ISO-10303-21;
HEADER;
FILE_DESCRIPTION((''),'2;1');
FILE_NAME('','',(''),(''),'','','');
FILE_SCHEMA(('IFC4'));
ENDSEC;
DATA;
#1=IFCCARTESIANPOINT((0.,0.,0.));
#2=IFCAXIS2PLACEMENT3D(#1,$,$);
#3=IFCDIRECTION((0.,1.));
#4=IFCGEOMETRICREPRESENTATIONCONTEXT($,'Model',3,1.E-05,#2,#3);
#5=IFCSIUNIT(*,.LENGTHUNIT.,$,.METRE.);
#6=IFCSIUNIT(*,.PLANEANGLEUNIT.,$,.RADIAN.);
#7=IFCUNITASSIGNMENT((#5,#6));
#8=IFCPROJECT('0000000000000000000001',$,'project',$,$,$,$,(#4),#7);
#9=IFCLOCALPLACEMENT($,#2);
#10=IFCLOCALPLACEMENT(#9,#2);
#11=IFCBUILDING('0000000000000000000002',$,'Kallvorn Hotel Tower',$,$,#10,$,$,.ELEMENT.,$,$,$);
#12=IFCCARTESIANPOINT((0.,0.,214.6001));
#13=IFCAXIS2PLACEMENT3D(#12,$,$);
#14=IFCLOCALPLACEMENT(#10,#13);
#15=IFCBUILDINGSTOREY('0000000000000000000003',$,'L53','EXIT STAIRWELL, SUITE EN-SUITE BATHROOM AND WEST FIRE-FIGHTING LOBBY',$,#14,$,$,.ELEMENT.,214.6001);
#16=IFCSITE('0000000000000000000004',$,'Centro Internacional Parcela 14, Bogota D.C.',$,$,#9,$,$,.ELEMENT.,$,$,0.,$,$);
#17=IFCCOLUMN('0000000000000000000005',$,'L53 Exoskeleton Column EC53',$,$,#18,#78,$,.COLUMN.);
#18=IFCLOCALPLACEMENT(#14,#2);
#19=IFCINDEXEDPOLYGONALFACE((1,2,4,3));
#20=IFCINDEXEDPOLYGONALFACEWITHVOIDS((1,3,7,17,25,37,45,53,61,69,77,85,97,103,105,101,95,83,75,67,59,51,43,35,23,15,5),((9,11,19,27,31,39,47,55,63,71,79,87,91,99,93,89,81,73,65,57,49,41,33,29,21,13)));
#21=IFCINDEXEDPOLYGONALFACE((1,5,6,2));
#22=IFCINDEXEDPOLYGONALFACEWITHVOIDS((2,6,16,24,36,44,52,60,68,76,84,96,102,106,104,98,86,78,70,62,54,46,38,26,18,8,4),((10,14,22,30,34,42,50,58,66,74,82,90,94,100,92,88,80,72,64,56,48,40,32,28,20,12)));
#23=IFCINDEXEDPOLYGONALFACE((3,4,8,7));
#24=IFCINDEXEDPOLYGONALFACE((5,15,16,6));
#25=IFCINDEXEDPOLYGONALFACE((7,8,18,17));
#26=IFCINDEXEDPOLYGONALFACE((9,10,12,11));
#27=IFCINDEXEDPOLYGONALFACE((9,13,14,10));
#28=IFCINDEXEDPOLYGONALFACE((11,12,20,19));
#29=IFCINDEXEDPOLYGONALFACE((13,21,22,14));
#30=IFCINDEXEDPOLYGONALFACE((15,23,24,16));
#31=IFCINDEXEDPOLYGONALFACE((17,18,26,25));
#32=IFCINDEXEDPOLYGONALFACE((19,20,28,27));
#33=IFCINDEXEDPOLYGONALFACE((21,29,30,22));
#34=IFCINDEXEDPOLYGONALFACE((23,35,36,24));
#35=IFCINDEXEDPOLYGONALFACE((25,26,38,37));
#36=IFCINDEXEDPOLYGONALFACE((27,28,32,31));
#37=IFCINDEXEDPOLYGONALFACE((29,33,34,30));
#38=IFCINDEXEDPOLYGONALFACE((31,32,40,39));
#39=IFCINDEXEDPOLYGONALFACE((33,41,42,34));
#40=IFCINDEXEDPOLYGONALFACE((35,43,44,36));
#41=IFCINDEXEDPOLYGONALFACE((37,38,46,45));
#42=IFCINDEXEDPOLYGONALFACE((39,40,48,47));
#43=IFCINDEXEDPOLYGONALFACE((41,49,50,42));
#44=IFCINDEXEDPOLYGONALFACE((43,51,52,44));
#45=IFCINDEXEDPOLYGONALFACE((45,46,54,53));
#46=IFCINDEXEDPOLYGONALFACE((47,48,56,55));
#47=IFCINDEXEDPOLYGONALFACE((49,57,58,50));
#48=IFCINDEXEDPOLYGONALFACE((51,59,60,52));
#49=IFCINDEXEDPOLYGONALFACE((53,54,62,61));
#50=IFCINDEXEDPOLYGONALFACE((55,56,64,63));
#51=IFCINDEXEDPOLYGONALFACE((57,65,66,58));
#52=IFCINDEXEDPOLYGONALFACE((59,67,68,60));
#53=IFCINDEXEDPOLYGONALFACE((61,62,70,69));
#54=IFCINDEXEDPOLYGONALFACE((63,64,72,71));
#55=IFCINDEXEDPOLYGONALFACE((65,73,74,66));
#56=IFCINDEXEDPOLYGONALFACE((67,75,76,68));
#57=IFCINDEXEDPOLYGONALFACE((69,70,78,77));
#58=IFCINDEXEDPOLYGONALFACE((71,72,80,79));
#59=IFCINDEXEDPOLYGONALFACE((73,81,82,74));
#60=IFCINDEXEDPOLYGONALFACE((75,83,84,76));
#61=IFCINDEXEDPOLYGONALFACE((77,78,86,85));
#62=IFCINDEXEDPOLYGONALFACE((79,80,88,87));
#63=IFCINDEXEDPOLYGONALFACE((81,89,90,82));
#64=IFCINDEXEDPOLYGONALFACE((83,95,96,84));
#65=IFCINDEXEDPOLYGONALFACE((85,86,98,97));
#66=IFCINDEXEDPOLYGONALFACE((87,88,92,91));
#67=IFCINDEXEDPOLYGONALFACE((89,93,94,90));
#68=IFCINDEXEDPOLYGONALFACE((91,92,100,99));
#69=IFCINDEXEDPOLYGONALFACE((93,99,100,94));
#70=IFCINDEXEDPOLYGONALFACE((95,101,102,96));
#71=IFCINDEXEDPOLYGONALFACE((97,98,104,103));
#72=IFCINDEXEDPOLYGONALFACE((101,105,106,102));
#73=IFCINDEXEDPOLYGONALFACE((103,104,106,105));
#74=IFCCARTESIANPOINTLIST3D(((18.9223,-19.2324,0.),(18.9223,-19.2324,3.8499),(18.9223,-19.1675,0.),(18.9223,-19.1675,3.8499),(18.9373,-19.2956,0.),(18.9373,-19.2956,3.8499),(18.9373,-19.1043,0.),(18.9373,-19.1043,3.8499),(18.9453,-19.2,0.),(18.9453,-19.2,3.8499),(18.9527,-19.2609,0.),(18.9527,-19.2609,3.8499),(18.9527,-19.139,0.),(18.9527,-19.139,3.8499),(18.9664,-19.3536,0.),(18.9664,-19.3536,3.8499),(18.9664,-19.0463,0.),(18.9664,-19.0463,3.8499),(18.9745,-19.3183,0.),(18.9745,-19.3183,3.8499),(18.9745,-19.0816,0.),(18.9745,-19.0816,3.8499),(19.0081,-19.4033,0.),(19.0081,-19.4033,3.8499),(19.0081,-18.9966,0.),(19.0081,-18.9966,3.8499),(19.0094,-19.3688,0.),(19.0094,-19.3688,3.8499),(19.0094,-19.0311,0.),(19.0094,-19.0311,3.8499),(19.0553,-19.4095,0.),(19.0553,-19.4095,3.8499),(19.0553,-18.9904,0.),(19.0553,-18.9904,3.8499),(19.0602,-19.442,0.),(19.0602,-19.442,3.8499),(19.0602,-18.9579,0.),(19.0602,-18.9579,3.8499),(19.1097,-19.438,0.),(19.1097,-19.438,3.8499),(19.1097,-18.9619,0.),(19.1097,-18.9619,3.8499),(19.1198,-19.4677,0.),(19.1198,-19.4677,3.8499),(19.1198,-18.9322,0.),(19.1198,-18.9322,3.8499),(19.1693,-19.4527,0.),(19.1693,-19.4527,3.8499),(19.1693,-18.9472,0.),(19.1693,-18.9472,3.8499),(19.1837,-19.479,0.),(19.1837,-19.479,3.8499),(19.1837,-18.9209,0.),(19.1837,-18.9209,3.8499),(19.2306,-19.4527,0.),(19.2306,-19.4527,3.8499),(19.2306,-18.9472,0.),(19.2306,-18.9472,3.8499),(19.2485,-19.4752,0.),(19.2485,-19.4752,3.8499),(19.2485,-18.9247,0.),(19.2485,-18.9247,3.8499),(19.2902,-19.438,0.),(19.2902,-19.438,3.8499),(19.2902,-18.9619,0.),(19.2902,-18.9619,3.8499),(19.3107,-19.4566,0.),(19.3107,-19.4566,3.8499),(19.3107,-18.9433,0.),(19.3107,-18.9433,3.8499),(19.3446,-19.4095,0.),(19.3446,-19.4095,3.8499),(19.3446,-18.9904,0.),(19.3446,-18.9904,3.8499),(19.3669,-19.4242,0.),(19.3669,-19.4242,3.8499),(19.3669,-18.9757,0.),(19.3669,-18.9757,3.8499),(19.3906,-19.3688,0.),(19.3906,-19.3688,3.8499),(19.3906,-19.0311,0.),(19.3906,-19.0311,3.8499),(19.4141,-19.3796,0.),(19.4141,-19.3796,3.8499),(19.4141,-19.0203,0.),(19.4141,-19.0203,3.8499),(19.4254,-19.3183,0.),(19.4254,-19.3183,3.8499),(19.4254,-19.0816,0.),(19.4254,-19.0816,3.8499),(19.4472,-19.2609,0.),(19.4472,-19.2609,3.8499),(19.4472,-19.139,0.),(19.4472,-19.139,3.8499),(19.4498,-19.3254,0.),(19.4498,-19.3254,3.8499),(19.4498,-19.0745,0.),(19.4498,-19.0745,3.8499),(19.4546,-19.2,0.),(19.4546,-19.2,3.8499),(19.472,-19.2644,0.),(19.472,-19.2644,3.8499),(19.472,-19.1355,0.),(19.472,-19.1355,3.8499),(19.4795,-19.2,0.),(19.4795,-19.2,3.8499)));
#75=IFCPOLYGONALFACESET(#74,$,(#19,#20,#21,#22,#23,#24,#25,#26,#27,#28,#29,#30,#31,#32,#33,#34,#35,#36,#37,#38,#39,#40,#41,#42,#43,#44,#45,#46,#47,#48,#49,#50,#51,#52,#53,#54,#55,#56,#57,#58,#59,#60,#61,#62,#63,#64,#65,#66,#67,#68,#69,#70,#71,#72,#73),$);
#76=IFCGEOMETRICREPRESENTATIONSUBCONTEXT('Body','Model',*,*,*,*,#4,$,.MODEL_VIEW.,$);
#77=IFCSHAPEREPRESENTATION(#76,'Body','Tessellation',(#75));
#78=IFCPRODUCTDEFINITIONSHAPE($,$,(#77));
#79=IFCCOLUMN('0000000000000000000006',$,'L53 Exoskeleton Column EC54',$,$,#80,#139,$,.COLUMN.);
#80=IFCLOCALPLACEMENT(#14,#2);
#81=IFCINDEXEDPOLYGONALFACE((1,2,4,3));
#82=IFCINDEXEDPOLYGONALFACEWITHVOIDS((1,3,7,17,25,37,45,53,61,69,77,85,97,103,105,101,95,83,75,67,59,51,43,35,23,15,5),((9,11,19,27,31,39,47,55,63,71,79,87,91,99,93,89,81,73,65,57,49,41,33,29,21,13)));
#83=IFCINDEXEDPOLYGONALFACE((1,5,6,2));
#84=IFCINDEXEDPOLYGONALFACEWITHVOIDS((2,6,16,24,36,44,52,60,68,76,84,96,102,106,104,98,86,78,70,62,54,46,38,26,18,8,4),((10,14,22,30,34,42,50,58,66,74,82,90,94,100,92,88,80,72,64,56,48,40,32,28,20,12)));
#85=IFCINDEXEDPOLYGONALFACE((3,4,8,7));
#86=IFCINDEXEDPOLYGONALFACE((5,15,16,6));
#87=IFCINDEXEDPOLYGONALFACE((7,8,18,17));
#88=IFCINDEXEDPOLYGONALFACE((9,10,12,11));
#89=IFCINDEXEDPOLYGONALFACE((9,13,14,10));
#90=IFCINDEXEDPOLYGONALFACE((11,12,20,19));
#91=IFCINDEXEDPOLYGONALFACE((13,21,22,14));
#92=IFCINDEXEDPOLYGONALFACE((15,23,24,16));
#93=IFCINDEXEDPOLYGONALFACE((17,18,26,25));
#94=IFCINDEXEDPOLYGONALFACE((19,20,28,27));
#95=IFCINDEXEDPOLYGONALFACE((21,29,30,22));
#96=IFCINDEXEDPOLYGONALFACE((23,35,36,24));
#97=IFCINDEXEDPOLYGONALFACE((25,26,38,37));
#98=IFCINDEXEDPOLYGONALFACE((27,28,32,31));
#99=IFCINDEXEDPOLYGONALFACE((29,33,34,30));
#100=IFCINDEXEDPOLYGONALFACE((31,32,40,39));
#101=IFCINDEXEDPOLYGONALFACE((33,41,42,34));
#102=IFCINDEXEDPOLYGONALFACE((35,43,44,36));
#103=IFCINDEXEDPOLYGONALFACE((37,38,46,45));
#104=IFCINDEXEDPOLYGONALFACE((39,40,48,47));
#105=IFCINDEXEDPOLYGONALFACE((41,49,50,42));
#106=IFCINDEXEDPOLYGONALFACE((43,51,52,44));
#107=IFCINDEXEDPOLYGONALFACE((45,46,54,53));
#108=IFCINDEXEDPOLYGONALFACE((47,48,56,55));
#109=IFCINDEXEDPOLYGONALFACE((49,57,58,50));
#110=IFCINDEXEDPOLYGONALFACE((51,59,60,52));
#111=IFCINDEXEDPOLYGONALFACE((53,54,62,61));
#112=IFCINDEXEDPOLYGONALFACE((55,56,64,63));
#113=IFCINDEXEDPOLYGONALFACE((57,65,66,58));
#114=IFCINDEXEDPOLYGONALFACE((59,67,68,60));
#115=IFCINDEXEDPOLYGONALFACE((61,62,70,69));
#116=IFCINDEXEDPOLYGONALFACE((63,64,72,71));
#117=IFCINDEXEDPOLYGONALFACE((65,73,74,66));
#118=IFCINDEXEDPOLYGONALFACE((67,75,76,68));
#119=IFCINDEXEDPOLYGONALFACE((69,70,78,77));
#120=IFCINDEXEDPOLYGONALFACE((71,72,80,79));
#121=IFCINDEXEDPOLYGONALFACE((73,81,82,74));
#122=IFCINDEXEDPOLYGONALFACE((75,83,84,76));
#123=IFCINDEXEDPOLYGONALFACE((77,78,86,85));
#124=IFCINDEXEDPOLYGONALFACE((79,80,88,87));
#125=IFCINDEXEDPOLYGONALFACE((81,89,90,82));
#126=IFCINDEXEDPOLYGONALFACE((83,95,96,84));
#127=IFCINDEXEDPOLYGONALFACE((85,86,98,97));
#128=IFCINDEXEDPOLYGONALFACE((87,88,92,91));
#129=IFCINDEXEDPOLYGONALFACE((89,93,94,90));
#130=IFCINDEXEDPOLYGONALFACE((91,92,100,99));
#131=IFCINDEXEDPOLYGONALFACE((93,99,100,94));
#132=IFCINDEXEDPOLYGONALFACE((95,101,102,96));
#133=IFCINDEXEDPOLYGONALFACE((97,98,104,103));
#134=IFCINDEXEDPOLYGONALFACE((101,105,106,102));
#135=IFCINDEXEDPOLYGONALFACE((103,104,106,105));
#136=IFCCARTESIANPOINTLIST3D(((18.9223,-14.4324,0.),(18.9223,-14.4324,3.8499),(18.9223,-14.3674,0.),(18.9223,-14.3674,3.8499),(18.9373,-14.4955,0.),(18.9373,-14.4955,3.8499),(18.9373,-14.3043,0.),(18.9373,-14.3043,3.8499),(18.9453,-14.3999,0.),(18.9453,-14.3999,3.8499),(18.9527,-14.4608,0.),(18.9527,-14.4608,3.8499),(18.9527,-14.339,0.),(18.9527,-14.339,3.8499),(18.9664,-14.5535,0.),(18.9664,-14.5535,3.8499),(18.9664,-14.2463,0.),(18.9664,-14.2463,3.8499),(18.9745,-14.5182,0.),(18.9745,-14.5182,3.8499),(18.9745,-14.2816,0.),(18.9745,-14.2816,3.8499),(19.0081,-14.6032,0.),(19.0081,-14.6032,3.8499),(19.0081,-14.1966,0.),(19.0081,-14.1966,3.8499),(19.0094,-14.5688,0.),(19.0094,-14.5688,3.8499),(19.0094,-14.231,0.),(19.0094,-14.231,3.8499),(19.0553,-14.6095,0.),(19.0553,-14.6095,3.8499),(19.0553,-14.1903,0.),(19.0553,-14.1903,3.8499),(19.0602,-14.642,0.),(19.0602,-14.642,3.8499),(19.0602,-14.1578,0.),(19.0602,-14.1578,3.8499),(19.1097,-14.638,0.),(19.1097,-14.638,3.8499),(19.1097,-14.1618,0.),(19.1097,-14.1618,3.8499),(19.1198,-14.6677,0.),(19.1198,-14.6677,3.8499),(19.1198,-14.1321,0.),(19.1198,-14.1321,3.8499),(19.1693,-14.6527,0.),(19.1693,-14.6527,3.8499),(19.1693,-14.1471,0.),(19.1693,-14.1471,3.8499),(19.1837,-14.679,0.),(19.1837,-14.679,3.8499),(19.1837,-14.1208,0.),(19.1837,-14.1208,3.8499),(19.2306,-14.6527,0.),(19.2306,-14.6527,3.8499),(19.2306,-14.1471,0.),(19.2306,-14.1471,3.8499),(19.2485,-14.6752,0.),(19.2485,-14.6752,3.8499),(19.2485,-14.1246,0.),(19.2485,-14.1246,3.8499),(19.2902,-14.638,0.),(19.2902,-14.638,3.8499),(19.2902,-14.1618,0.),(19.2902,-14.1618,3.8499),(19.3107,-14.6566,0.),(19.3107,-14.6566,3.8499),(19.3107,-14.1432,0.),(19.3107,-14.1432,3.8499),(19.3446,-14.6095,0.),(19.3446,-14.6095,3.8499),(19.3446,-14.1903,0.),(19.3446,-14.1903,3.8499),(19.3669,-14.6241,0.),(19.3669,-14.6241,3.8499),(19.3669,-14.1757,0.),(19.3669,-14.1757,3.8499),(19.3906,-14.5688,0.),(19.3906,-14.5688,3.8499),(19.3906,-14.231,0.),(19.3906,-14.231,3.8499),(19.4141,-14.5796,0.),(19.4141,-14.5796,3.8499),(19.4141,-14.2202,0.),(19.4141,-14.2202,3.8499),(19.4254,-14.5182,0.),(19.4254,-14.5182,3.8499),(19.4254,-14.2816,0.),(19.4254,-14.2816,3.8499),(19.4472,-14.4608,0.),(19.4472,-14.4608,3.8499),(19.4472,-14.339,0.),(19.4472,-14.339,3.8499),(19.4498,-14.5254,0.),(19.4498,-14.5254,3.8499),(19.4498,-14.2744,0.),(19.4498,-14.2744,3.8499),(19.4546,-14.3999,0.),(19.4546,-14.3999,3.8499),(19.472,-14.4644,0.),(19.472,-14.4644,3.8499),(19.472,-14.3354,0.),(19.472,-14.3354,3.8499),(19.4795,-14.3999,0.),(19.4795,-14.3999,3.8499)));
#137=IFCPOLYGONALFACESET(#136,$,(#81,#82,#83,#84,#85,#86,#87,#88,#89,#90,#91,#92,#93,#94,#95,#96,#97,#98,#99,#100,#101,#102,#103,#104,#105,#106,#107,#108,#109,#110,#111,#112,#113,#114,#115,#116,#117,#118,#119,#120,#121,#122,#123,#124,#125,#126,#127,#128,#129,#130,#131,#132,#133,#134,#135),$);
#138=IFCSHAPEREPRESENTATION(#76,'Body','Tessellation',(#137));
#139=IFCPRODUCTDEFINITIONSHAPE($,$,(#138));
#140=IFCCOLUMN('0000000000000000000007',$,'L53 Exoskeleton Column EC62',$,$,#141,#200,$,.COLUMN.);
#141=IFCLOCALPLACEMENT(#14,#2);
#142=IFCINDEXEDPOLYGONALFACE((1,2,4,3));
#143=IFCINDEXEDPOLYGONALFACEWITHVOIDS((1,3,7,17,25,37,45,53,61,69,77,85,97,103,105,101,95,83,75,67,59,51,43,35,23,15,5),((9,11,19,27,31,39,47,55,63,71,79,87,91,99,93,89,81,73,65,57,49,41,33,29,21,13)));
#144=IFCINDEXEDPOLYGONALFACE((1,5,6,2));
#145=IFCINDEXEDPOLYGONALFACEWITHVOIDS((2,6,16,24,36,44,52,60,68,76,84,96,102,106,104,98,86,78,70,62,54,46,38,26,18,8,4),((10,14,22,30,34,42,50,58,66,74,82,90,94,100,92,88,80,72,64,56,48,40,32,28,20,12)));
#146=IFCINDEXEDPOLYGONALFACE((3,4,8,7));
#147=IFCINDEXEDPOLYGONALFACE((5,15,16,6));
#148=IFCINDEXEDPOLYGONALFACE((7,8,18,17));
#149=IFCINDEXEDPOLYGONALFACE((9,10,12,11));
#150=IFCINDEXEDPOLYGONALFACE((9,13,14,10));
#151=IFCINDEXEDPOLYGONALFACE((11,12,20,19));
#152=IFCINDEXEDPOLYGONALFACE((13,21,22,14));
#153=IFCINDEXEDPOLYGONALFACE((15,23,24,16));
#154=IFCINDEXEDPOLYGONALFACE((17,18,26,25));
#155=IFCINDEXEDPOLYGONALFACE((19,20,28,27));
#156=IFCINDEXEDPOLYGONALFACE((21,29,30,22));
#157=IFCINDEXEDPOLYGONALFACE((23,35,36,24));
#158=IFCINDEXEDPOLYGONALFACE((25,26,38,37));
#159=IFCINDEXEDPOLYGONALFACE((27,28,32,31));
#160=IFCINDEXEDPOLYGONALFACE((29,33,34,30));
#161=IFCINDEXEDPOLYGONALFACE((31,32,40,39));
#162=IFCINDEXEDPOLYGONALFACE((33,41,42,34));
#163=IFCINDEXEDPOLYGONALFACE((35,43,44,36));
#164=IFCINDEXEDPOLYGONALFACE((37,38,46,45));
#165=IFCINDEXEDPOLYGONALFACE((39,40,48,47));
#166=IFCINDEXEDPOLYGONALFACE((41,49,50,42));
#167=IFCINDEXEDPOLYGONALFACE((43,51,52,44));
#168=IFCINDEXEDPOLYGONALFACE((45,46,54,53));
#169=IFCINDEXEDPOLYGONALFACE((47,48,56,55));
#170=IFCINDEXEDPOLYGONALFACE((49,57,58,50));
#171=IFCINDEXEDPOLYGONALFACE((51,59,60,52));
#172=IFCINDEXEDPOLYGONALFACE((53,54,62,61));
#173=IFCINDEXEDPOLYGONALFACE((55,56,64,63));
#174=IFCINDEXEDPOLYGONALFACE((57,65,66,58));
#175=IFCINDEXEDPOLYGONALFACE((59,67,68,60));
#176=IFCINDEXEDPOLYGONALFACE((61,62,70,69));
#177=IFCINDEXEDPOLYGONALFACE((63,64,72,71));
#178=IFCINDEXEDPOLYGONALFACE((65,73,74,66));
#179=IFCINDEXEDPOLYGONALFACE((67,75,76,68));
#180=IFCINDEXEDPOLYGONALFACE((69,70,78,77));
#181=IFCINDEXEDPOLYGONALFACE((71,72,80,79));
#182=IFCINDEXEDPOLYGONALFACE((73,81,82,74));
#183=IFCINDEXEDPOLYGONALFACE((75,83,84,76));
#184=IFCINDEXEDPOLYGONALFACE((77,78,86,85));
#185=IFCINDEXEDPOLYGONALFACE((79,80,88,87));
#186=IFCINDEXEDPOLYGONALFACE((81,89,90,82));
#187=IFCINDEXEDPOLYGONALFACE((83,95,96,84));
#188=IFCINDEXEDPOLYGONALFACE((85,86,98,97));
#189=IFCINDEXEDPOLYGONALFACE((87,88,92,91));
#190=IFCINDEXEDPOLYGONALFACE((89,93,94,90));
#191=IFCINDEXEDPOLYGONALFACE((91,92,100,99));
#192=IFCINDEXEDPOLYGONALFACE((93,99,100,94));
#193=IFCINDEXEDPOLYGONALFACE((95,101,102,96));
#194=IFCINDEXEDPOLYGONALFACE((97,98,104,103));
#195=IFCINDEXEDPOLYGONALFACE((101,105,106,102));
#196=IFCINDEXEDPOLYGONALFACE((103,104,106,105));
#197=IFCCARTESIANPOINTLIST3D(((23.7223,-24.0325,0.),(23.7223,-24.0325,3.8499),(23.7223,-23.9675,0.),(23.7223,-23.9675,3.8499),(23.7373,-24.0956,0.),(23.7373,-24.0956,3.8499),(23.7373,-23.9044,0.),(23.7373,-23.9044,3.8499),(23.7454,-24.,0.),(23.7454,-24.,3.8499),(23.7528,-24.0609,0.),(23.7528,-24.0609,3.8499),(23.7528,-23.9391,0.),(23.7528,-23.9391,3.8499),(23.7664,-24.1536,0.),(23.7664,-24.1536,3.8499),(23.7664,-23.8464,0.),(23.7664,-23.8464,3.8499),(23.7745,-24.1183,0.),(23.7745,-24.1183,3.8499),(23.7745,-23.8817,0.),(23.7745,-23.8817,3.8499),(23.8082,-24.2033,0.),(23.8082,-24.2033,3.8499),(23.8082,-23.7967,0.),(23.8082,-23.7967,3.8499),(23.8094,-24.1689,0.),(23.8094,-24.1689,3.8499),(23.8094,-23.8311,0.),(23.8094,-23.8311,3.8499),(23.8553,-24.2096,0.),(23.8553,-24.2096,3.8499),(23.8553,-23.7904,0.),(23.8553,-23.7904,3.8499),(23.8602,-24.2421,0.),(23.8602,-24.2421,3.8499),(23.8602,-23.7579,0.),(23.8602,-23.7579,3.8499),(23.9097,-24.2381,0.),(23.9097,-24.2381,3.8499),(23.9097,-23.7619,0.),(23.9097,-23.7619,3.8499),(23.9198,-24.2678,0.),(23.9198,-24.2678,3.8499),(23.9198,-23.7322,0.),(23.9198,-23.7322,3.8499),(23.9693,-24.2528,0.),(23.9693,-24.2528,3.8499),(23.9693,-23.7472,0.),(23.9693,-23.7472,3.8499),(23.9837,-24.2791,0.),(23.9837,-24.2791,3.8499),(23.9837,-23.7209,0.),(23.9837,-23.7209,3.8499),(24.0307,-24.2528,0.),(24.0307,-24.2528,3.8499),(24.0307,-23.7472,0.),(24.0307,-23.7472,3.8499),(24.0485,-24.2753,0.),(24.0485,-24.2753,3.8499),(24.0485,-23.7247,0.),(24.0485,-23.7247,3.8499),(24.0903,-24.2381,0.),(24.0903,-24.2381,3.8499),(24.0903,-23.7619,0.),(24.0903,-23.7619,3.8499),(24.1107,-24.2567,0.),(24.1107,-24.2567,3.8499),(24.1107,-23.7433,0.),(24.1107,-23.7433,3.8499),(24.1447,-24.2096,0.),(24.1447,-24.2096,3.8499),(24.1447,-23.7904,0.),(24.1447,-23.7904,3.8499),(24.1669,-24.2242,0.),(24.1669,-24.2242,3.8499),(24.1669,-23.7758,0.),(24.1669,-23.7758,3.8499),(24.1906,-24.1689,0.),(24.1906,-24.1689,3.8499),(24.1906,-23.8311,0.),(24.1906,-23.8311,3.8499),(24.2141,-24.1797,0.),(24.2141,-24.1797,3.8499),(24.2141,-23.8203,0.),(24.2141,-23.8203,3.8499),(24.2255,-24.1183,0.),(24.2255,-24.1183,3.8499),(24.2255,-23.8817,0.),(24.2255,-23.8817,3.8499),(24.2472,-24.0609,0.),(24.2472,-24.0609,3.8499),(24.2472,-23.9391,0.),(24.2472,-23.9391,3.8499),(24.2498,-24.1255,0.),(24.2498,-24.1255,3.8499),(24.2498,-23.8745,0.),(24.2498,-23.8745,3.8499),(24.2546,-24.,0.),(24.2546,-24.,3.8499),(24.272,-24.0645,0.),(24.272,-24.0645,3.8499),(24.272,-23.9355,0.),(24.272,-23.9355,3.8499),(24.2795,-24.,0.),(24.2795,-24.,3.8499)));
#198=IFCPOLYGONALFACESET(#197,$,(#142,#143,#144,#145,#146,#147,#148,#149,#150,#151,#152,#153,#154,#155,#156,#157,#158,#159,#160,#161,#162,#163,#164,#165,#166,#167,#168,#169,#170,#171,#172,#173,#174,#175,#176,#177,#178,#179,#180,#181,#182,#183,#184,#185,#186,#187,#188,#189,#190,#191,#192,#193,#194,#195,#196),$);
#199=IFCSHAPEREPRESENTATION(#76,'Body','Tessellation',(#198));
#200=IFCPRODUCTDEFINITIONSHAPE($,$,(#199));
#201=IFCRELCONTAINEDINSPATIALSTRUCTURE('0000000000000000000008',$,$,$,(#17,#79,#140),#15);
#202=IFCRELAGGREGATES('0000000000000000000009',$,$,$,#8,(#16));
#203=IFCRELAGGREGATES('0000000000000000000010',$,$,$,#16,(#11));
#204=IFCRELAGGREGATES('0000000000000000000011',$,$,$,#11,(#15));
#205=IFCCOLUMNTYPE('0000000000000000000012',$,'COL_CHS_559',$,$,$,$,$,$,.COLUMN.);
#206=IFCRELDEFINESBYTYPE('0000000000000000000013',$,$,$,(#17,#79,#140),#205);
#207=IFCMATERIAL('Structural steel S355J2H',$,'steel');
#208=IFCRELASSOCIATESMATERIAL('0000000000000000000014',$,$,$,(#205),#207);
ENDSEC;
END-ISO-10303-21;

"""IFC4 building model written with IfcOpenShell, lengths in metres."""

from ifc_helpers import new_model, si_unit, direction, frame, origin, origin_2d, place, context, subcontext, project, spatial, hollow_circle, extrude, material, material_profile, profile_set, type_object, element, save


model = new_model("IFC4")

# Units and contexts
model_context = context("Model", 3, precision=1e-05, world=origin(), true_north=direction((0.0, 1.0)))
body_context = subcontext(model_context, "Body", "Model", "MODEL_VIEW")
ifc_project = project(units=[si_unit("LENGTHUNIT", "METRE"), si_unit("PLANEANGLEUNIT", "RADIAN")], contexts=[model_context])

# Site, building, storey
site_placement = place(None, origin())
site = spatial("IfcSite", under=ifc_project, at=site_placement, Name="Centro Internacional Parcela 14, Bogota D.C.", CompositionType="ELEMENT", RefElevation=0.0)
building_placement = place(site_placement, origin())
building = spatial("IfcBuilding", under=site, at=building_placement, Name="Kallvorn Hotel Tower", CompositionType="ELEMENT")
storey_placement = place(building_placement, frame((0.0, 0.0, 214.6001)))
storey = spatial("IfcBuildingStorey", under=building, at=storey_placement, Name="L53", Description="EXIT STAIRWELL, SUITE EN-SUITE BATHROOM AND WEST FIRE-FIGHTING LOBBY", CompositionType="ELEMENT", Elevation=214.6001)

# Columns
ifc_material_1 = material(Name="Structural steel S355J2H", Category="steel")
ifc_material_profile_1 = material_profile(ifc_material_1, hollow_circle(Radius=0.2795, WallThickness=0.0249, at=origin_2d()), Name="CHS 559x25")
ifc_profile_set_1 = profile_set([ifc_material_profile_1], Name="Structural steel S355J2H")
column_type = type_object("IfcColumnType", Name="COL_CHS_559", PredefinedType="COLUMN", material=ifc_profile_set_1)
for number, where, z_axis, x_axis, name in (
    (1, (19.2, -19.2, 0.0), (0.0, 0.0, 1.0), (1.0, 0.0, 0.0), "L53 Exoskeleton Column EC53"),
    (2, (19.2, -14.3999, 0.0), (0.0, 0.0, 1.0), (1.0, 0.0, 0.0), "L53 Exoskeleton Column EC54"),
    (3, (24.0, -24.0, 0.0), (0.0, 0.0, 1.0), (1.0, 0.0, 0.0), "L53 Exoskeleton Column EC62"),
):
    element("IfcColumn", number, at=place(storey_placement, frame(where, z_axis=z_axis, x_axis=x_axis)), inside=storey, type_object=column_type, Name=name, PredefinedType="COLUMN", context=body_context, shape_type="SweptSolid", body=[
        extrude(hollow_circle(Radius=0.2795, WallThickness=0.0249, at=origin_2d()), origin(), (0.0, 0.0, 1.0), 3.8499),
    ])

save(model, "model.ifc")
